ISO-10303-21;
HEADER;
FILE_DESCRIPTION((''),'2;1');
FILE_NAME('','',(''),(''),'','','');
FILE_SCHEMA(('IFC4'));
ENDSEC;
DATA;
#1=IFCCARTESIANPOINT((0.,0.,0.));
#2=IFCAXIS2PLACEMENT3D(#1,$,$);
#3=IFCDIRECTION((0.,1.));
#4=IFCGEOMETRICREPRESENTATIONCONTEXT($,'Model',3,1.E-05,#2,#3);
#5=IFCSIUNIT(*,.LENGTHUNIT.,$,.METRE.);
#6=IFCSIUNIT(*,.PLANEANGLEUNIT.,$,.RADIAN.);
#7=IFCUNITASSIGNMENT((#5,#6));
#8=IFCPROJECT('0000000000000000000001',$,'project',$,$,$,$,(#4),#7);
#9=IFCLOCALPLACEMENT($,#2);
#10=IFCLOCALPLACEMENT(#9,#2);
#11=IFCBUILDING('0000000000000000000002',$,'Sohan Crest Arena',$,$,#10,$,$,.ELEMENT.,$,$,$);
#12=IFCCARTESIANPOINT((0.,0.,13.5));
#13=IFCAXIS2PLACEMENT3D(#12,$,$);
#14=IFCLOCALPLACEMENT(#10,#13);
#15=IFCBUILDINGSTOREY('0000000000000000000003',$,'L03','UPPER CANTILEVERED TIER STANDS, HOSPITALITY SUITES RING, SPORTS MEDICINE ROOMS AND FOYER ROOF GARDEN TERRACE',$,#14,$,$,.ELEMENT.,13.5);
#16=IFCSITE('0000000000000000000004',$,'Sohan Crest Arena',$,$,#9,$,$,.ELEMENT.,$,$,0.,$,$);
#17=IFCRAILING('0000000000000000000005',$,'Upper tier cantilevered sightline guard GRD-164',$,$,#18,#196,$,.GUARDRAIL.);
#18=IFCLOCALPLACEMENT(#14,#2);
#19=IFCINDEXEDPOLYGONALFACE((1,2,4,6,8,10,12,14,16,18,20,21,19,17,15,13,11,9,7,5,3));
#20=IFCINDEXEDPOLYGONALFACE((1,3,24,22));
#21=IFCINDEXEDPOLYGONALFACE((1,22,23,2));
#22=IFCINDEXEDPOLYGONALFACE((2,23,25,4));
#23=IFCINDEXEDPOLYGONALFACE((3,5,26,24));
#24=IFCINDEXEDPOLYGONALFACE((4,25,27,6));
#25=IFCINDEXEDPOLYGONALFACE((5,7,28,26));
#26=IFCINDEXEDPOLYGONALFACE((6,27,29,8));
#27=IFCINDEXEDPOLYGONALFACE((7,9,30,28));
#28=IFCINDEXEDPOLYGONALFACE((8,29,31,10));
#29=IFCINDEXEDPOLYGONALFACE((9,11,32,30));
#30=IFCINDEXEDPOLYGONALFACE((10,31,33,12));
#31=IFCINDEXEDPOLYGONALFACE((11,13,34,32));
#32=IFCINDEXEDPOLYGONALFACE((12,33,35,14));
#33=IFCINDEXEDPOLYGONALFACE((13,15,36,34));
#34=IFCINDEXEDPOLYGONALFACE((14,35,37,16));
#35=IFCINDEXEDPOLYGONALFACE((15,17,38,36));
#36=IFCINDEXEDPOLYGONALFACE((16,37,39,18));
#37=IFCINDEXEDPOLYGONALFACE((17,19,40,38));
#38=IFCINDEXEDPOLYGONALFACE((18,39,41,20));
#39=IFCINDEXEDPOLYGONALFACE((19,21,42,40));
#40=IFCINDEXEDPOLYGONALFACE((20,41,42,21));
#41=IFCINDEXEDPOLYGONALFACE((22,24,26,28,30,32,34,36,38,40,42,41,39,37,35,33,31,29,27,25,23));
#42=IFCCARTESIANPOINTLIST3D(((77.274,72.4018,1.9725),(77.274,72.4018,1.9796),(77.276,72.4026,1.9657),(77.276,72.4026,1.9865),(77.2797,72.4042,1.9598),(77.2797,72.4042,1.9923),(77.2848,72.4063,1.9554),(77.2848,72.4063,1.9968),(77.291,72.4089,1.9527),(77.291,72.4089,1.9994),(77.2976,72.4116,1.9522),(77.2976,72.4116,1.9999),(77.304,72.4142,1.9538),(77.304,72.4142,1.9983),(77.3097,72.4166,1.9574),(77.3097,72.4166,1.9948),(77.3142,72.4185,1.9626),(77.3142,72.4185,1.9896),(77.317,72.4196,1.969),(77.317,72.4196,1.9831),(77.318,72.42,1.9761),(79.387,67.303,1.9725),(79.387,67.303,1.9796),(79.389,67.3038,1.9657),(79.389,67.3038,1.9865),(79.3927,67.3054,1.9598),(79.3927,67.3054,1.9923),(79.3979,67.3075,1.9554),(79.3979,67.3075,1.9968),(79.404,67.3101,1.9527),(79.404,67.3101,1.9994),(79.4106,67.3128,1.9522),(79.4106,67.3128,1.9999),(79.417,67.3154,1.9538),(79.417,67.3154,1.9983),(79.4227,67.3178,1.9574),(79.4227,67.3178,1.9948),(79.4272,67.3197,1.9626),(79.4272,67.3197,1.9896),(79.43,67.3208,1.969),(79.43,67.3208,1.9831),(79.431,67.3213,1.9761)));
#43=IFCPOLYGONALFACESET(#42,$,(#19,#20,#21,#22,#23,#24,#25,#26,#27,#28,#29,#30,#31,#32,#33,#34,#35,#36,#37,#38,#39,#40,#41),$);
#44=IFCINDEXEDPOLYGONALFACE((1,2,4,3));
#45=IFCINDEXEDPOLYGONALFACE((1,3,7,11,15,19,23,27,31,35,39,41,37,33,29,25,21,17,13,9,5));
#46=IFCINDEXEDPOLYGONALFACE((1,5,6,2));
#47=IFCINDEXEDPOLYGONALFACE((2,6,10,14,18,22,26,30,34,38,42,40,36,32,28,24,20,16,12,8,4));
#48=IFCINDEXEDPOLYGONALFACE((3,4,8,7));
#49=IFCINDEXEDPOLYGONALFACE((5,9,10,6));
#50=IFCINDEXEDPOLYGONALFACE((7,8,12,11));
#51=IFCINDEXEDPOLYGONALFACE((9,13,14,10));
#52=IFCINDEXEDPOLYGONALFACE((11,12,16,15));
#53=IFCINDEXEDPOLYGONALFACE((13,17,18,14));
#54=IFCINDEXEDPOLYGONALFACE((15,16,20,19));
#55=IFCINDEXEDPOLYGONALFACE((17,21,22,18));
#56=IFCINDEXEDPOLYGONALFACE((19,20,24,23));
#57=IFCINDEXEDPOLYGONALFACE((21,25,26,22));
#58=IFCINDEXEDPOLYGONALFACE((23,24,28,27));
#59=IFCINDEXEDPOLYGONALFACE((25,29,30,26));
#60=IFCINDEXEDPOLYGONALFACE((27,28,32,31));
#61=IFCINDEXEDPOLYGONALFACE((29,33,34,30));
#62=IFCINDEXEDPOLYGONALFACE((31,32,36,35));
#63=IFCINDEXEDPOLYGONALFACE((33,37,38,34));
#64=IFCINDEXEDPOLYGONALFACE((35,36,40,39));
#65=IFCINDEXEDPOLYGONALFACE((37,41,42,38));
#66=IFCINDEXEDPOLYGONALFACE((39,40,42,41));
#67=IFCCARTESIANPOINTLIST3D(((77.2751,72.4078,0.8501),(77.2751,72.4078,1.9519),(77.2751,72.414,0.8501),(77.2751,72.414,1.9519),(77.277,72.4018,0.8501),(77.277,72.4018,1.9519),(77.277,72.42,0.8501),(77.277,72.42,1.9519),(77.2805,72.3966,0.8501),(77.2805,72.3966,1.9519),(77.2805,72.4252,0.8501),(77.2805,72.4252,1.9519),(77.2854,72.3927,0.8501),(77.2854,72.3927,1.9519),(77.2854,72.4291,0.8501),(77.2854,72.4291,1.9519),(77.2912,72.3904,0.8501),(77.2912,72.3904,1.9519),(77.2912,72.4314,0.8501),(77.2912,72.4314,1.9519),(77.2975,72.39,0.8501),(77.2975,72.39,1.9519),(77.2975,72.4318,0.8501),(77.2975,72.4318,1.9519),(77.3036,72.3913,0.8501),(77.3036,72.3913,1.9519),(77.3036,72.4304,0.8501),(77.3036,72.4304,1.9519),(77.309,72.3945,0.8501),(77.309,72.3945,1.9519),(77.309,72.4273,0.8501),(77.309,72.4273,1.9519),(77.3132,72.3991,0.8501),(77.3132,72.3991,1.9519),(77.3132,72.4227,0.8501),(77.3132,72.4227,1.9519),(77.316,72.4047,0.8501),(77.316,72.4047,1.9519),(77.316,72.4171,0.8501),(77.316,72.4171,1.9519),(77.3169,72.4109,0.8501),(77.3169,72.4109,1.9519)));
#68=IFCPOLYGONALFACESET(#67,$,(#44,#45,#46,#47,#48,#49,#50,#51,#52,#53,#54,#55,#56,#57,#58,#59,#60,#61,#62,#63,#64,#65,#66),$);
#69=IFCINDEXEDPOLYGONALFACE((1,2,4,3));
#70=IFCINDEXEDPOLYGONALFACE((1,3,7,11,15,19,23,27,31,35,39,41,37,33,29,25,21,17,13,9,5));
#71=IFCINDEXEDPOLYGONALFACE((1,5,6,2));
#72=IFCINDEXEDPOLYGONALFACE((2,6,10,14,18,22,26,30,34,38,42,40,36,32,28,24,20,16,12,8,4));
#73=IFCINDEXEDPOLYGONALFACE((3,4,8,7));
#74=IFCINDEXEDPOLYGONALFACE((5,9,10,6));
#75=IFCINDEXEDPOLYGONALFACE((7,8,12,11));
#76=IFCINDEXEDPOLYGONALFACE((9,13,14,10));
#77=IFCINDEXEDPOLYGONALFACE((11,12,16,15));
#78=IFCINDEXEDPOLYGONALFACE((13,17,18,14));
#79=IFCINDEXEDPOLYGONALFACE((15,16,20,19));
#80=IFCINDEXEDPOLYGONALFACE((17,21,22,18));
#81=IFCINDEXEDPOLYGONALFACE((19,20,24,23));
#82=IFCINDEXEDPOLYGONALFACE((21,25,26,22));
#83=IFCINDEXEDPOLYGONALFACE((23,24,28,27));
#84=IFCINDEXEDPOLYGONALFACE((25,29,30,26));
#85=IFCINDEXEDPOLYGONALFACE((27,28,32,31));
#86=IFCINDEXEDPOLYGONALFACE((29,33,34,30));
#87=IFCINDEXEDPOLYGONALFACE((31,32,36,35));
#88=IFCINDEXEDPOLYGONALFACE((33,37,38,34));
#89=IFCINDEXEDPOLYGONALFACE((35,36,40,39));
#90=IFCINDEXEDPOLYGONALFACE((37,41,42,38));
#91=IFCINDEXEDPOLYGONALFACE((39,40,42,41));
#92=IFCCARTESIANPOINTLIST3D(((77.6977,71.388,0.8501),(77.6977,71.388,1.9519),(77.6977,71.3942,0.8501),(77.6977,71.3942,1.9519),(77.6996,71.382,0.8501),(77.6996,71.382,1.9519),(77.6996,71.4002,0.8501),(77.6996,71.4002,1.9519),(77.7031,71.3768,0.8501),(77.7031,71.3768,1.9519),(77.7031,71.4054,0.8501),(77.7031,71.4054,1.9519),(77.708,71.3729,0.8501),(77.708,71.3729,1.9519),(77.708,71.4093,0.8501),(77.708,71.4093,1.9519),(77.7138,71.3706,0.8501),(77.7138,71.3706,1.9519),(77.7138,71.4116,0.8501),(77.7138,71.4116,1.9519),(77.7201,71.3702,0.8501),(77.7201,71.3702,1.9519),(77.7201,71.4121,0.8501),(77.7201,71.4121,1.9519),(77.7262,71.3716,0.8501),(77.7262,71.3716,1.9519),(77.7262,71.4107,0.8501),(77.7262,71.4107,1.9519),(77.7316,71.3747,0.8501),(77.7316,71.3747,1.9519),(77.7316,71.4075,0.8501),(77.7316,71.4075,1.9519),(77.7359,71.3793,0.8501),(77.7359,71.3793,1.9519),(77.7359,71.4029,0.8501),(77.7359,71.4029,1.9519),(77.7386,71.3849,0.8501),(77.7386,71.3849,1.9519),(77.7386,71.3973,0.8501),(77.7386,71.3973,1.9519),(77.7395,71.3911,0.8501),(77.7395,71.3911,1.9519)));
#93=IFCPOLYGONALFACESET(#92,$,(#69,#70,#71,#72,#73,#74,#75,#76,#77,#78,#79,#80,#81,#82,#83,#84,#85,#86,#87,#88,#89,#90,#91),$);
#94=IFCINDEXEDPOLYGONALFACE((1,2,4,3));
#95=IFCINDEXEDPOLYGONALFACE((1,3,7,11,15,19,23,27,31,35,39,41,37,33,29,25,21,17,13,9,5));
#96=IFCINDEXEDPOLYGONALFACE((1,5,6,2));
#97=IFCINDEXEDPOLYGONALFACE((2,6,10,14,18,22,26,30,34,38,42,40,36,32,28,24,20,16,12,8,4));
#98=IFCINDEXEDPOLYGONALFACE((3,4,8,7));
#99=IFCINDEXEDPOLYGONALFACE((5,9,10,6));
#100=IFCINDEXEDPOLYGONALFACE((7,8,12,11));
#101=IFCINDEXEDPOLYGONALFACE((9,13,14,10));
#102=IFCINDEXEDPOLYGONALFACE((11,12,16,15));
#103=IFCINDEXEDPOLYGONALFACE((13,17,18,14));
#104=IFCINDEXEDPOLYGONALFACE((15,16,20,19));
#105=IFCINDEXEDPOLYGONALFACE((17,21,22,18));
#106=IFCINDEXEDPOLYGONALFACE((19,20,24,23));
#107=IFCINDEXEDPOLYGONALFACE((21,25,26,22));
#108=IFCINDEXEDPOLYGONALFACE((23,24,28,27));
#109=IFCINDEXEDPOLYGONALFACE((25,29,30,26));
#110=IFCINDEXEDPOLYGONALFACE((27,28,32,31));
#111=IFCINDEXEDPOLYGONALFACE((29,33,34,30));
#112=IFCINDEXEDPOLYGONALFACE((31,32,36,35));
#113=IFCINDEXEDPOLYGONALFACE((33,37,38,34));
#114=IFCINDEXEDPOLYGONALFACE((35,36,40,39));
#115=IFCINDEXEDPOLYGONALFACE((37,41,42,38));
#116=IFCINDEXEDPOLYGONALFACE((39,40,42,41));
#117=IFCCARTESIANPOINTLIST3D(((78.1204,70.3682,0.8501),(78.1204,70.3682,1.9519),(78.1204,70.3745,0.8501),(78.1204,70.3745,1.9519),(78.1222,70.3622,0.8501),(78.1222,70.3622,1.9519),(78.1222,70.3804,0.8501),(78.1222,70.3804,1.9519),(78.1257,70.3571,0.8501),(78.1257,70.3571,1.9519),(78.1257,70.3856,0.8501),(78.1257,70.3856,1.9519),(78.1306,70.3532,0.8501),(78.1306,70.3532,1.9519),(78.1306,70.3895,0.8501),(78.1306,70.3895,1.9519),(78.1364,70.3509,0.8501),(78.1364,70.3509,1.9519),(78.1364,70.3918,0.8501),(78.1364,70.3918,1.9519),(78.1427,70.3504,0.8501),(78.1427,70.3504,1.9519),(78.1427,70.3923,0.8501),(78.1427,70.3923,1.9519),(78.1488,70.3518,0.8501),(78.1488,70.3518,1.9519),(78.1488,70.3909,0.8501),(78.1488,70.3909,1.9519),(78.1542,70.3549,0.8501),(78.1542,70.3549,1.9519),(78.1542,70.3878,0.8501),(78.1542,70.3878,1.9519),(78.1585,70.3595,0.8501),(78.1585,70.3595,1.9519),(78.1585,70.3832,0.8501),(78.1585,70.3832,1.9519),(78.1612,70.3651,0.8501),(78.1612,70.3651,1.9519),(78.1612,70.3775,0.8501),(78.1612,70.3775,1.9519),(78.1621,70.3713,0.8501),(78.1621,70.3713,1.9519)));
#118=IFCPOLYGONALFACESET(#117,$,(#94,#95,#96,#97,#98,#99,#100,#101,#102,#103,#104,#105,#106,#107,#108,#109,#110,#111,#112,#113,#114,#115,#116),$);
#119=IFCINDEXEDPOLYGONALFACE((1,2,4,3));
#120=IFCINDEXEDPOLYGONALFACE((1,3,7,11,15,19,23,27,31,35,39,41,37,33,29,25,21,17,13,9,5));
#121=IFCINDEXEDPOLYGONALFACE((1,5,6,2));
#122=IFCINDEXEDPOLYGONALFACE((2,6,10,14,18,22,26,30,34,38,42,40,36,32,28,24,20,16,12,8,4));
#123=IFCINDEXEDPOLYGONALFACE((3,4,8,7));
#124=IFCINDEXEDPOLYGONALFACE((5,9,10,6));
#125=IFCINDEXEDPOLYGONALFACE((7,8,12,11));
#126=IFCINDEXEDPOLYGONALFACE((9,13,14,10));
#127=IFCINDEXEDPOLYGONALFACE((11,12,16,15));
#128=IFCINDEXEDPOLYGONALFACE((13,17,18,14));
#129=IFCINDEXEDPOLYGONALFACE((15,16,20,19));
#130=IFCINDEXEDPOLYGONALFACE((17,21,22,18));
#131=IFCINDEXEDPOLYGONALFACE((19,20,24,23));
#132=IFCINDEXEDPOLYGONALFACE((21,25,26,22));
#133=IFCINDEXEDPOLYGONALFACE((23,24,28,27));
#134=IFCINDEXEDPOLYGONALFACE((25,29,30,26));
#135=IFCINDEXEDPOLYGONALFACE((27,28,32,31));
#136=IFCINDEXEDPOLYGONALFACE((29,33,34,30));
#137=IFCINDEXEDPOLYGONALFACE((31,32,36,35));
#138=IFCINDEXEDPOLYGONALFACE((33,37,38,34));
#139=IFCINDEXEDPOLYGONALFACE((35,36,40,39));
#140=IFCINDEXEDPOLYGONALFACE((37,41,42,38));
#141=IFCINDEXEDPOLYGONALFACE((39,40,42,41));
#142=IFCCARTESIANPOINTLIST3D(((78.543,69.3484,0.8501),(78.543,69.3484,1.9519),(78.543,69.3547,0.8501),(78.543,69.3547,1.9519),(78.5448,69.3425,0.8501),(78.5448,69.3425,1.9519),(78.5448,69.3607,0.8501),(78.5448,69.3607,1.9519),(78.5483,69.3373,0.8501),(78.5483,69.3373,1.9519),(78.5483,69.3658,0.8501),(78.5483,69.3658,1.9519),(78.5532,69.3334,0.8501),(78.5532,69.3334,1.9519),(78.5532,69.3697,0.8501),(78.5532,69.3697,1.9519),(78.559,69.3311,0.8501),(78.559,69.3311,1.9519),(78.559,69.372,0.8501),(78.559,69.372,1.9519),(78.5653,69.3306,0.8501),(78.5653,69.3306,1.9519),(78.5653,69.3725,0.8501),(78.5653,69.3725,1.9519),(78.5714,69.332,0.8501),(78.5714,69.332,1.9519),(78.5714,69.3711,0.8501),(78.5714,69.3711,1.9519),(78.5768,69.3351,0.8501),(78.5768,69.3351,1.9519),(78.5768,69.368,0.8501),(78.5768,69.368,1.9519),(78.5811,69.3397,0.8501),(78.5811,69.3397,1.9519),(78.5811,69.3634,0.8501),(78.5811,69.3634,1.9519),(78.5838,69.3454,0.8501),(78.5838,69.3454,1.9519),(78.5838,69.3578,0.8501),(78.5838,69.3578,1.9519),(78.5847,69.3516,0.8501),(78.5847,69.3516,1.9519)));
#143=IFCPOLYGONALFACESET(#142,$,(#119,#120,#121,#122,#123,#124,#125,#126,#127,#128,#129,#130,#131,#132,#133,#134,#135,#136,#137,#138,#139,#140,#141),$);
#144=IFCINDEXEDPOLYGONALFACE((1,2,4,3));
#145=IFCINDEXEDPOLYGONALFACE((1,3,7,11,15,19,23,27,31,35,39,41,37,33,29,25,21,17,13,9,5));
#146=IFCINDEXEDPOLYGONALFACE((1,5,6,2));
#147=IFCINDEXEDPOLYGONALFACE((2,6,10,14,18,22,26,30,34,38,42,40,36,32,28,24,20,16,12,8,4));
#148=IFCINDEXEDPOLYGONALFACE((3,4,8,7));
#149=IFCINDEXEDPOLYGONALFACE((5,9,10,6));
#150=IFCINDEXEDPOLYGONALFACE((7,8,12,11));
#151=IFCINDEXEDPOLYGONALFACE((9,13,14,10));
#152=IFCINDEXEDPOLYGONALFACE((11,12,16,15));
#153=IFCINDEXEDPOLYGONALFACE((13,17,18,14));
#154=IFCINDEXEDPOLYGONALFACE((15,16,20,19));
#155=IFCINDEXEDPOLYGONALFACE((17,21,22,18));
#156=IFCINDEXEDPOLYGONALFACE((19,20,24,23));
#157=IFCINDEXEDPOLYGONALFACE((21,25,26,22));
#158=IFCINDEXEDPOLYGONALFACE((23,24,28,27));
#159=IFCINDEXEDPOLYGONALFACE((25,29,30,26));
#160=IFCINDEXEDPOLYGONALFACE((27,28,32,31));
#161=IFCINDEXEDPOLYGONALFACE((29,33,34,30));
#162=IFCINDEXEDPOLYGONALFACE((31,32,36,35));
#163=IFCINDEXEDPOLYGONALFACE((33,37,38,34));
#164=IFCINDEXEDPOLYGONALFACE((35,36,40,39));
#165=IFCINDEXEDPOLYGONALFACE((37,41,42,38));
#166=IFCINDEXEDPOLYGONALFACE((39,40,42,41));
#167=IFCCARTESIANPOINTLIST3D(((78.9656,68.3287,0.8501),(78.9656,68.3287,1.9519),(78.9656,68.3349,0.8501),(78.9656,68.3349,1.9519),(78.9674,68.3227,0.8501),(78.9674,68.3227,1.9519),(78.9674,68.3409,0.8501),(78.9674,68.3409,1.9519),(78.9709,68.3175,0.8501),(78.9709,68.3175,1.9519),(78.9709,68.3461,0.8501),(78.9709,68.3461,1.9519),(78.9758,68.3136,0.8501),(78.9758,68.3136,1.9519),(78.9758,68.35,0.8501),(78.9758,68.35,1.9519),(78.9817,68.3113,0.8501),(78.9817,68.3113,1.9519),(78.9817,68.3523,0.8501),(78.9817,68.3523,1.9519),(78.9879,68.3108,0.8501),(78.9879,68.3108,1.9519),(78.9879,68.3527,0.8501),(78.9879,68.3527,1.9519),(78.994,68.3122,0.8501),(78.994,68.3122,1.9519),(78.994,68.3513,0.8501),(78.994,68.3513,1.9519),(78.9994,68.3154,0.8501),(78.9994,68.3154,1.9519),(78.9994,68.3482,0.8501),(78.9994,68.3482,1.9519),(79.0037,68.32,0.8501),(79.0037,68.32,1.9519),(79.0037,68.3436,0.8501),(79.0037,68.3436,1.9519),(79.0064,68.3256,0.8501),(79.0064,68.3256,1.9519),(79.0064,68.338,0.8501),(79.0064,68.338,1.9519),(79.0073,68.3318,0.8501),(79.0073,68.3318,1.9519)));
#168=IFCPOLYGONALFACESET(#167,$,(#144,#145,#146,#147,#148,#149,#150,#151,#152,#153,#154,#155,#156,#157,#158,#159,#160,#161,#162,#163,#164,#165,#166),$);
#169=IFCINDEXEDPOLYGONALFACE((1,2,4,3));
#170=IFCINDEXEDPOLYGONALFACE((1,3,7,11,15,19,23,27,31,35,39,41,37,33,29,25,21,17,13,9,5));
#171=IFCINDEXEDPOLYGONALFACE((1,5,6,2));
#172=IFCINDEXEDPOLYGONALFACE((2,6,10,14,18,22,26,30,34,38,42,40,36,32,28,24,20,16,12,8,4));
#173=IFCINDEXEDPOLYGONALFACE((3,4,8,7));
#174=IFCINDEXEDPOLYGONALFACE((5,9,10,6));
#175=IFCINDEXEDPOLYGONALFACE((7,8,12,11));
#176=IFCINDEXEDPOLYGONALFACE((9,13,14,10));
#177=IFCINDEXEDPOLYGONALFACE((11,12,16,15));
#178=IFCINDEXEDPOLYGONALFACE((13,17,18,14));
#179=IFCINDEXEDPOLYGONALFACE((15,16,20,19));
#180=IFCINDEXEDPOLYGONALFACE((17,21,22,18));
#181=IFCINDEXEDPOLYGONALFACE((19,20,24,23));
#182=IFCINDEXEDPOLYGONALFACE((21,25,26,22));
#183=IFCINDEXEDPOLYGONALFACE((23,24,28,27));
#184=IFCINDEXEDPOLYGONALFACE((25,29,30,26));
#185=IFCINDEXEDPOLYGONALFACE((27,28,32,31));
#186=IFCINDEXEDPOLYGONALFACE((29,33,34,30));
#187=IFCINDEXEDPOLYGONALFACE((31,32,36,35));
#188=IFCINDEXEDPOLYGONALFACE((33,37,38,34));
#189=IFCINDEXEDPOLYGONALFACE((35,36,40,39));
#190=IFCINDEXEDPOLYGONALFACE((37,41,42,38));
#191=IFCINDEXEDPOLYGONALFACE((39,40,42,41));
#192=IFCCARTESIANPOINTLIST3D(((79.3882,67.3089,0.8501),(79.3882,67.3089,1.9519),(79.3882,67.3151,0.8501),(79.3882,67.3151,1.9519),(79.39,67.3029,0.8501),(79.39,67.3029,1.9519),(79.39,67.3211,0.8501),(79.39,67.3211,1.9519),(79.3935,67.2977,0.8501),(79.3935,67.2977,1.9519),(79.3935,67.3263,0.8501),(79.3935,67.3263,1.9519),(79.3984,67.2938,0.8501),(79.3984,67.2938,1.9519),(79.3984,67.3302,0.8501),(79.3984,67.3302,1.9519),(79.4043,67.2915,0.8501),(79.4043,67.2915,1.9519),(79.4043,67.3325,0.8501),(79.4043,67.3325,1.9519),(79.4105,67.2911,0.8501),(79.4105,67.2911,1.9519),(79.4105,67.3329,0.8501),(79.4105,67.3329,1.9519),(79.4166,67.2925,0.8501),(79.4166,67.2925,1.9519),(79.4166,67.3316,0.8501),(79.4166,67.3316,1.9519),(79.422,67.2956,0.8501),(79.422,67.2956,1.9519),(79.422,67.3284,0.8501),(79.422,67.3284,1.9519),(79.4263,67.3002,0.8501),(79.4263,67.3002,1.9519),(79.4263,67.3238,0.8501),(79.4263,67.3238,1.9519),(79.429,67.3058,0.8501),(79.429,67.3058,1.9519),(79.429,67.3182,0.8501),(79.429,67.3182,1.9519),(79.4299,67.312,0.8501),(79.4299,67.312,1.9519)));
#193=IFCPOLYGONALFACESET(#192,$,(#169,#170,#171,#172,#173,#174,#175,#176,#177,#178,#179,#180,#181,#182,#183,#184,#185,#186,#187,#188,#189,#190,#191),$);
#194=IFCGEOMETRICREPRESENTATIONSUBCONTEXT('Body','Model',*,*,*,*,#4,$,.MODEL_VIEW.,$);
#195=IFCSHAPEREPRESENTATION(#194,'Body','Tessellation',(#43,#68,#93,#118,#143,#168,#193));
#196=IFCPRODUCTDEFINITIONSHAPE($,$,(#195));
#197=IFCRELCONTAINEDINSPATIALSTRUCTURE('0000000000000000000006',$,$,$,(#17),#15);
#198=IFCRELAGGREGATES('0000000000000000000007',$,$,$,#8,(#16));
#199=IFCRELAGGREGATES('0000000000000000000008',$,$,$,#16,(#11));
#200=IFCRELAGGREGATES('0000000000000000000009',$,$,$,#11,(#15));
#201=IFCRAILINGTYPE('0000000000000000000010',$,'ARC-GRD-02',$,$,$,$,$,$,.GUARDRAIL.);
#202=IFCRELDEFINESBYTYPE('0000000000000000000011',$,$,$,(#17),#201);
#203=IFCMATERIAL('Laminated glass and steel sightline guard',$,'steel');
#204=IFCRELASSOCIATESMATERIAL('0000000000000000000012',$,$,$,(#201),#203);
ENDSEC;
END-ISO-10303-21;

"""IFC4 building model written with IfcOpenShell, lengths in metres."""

from ifc_helpers import new_model, si_unit, direction, frame, origin, origin_2d, place, context, subcontext, project, spatial, circle, extrude, material, type_object, element, save


model = new_model("IFC4")

# Units and contexts
model_context = context("Model", 3, precision=1e-05, world=origin(), true_north=direction((0.0, 1.0)))
body_context = subcontext(model_context, "Body", "Model", "MODEL_VIEW")
ifc_project = project(units=[si_unit("LENGTHUNIT", "METRE"), si_unit("PLANEANGLEUNIT", "RADIAN")], contexts=[model_context])

# Site, building, storey
site_placement = place(None, origin())
site = spatial("IfcSite", under=ifc_project, at=site_placement, Name="Sohan Crest Arena", CompositionType="ELEMENT", RefElevation=0.0)
building_placement = place(site_placement, origin())
building = spatial("IfcBuilding", under=site, at=building_placement, Name="Sohan Crest Arena", CompositionType="ELEMENT")
storey_placement = place(building_placement, frame((0.0, 0.0, 13.5)))
storey = spatial("IfcBuildingStorey", under=building, at=storey_placement, Name="L03", Description="UPPER CANTILEVERED TIER STANDS, HOSPITALITY SUITES RING, SPORTS MEDICINE ROOMS AND FOYER ROOF GARDEN TERRACE", CompositionType="ELEMENT", Elevation=13.5)

# Railing
ifc_material_1 = material(Name="Laminated glass and steel sightline guard", Category="steel")
railing_type = type_object("IfcRailingType", Name="ARC-GRD-02", PredefinedType="GUARDRAIL", material=ifc_material_1)
railing_1_placement = place(storey_placement, frame((77.2959, 72.4109, 0.8501)))
element("IfcRailing", 1, at=railing_1_placement, inside=storey, type_object=railing_type, Name="Upper tier cantilevered sightline guard GRD-164", PredefinedType="GUARDRAIL", context=body_context, shape_type="SweptSolid", body=[
    extrude(circle(Radius=0.0239, at=origin_2d()), frame((0.0, 0.0, 1.126), z_axis=(0.38284, -0.923815, 0.0), x_axis=(0.923815, 0.38284, 0.0)), (0.0, 0.0, 1.0), 5.5193),
    extrude(circle(Radius=0.021, at=origin_2d()), origin(), (0.0, 0.0, 1.0), 1.1018),
    extrude(circle(Radius=0.021, at=origin_2d()), frame((0.4226, -1.0198, 0.0)), (0.0, 0.0, 1.0), 1.1018),
    extrude(circle(Radius=0.021, at=origin_2d()), frame((0.8452, -2.0396, 0.0)), (0.0, 0.0, 1.0), 1.1018),
    extrude(circle(Radius=0.021, at=origin_2d()), frame((1.2678, -3.0593, 0.0)), (0.0, 0.0, 1.0), 1.1018),
    extrude(circle(Radius=0.021, at=origin_2d()), frame((1.6904, -4.0791, 0.0)), (0.0, 0.0, 1.0), 1.1018),
    extrude(circle(Radius=0.021, at=origin_2d()), frame((2.113, -5.0989, 0.0)), (0.0, 0.0, 1.0), 1.1018),
])

save(model, "model.ifc")
